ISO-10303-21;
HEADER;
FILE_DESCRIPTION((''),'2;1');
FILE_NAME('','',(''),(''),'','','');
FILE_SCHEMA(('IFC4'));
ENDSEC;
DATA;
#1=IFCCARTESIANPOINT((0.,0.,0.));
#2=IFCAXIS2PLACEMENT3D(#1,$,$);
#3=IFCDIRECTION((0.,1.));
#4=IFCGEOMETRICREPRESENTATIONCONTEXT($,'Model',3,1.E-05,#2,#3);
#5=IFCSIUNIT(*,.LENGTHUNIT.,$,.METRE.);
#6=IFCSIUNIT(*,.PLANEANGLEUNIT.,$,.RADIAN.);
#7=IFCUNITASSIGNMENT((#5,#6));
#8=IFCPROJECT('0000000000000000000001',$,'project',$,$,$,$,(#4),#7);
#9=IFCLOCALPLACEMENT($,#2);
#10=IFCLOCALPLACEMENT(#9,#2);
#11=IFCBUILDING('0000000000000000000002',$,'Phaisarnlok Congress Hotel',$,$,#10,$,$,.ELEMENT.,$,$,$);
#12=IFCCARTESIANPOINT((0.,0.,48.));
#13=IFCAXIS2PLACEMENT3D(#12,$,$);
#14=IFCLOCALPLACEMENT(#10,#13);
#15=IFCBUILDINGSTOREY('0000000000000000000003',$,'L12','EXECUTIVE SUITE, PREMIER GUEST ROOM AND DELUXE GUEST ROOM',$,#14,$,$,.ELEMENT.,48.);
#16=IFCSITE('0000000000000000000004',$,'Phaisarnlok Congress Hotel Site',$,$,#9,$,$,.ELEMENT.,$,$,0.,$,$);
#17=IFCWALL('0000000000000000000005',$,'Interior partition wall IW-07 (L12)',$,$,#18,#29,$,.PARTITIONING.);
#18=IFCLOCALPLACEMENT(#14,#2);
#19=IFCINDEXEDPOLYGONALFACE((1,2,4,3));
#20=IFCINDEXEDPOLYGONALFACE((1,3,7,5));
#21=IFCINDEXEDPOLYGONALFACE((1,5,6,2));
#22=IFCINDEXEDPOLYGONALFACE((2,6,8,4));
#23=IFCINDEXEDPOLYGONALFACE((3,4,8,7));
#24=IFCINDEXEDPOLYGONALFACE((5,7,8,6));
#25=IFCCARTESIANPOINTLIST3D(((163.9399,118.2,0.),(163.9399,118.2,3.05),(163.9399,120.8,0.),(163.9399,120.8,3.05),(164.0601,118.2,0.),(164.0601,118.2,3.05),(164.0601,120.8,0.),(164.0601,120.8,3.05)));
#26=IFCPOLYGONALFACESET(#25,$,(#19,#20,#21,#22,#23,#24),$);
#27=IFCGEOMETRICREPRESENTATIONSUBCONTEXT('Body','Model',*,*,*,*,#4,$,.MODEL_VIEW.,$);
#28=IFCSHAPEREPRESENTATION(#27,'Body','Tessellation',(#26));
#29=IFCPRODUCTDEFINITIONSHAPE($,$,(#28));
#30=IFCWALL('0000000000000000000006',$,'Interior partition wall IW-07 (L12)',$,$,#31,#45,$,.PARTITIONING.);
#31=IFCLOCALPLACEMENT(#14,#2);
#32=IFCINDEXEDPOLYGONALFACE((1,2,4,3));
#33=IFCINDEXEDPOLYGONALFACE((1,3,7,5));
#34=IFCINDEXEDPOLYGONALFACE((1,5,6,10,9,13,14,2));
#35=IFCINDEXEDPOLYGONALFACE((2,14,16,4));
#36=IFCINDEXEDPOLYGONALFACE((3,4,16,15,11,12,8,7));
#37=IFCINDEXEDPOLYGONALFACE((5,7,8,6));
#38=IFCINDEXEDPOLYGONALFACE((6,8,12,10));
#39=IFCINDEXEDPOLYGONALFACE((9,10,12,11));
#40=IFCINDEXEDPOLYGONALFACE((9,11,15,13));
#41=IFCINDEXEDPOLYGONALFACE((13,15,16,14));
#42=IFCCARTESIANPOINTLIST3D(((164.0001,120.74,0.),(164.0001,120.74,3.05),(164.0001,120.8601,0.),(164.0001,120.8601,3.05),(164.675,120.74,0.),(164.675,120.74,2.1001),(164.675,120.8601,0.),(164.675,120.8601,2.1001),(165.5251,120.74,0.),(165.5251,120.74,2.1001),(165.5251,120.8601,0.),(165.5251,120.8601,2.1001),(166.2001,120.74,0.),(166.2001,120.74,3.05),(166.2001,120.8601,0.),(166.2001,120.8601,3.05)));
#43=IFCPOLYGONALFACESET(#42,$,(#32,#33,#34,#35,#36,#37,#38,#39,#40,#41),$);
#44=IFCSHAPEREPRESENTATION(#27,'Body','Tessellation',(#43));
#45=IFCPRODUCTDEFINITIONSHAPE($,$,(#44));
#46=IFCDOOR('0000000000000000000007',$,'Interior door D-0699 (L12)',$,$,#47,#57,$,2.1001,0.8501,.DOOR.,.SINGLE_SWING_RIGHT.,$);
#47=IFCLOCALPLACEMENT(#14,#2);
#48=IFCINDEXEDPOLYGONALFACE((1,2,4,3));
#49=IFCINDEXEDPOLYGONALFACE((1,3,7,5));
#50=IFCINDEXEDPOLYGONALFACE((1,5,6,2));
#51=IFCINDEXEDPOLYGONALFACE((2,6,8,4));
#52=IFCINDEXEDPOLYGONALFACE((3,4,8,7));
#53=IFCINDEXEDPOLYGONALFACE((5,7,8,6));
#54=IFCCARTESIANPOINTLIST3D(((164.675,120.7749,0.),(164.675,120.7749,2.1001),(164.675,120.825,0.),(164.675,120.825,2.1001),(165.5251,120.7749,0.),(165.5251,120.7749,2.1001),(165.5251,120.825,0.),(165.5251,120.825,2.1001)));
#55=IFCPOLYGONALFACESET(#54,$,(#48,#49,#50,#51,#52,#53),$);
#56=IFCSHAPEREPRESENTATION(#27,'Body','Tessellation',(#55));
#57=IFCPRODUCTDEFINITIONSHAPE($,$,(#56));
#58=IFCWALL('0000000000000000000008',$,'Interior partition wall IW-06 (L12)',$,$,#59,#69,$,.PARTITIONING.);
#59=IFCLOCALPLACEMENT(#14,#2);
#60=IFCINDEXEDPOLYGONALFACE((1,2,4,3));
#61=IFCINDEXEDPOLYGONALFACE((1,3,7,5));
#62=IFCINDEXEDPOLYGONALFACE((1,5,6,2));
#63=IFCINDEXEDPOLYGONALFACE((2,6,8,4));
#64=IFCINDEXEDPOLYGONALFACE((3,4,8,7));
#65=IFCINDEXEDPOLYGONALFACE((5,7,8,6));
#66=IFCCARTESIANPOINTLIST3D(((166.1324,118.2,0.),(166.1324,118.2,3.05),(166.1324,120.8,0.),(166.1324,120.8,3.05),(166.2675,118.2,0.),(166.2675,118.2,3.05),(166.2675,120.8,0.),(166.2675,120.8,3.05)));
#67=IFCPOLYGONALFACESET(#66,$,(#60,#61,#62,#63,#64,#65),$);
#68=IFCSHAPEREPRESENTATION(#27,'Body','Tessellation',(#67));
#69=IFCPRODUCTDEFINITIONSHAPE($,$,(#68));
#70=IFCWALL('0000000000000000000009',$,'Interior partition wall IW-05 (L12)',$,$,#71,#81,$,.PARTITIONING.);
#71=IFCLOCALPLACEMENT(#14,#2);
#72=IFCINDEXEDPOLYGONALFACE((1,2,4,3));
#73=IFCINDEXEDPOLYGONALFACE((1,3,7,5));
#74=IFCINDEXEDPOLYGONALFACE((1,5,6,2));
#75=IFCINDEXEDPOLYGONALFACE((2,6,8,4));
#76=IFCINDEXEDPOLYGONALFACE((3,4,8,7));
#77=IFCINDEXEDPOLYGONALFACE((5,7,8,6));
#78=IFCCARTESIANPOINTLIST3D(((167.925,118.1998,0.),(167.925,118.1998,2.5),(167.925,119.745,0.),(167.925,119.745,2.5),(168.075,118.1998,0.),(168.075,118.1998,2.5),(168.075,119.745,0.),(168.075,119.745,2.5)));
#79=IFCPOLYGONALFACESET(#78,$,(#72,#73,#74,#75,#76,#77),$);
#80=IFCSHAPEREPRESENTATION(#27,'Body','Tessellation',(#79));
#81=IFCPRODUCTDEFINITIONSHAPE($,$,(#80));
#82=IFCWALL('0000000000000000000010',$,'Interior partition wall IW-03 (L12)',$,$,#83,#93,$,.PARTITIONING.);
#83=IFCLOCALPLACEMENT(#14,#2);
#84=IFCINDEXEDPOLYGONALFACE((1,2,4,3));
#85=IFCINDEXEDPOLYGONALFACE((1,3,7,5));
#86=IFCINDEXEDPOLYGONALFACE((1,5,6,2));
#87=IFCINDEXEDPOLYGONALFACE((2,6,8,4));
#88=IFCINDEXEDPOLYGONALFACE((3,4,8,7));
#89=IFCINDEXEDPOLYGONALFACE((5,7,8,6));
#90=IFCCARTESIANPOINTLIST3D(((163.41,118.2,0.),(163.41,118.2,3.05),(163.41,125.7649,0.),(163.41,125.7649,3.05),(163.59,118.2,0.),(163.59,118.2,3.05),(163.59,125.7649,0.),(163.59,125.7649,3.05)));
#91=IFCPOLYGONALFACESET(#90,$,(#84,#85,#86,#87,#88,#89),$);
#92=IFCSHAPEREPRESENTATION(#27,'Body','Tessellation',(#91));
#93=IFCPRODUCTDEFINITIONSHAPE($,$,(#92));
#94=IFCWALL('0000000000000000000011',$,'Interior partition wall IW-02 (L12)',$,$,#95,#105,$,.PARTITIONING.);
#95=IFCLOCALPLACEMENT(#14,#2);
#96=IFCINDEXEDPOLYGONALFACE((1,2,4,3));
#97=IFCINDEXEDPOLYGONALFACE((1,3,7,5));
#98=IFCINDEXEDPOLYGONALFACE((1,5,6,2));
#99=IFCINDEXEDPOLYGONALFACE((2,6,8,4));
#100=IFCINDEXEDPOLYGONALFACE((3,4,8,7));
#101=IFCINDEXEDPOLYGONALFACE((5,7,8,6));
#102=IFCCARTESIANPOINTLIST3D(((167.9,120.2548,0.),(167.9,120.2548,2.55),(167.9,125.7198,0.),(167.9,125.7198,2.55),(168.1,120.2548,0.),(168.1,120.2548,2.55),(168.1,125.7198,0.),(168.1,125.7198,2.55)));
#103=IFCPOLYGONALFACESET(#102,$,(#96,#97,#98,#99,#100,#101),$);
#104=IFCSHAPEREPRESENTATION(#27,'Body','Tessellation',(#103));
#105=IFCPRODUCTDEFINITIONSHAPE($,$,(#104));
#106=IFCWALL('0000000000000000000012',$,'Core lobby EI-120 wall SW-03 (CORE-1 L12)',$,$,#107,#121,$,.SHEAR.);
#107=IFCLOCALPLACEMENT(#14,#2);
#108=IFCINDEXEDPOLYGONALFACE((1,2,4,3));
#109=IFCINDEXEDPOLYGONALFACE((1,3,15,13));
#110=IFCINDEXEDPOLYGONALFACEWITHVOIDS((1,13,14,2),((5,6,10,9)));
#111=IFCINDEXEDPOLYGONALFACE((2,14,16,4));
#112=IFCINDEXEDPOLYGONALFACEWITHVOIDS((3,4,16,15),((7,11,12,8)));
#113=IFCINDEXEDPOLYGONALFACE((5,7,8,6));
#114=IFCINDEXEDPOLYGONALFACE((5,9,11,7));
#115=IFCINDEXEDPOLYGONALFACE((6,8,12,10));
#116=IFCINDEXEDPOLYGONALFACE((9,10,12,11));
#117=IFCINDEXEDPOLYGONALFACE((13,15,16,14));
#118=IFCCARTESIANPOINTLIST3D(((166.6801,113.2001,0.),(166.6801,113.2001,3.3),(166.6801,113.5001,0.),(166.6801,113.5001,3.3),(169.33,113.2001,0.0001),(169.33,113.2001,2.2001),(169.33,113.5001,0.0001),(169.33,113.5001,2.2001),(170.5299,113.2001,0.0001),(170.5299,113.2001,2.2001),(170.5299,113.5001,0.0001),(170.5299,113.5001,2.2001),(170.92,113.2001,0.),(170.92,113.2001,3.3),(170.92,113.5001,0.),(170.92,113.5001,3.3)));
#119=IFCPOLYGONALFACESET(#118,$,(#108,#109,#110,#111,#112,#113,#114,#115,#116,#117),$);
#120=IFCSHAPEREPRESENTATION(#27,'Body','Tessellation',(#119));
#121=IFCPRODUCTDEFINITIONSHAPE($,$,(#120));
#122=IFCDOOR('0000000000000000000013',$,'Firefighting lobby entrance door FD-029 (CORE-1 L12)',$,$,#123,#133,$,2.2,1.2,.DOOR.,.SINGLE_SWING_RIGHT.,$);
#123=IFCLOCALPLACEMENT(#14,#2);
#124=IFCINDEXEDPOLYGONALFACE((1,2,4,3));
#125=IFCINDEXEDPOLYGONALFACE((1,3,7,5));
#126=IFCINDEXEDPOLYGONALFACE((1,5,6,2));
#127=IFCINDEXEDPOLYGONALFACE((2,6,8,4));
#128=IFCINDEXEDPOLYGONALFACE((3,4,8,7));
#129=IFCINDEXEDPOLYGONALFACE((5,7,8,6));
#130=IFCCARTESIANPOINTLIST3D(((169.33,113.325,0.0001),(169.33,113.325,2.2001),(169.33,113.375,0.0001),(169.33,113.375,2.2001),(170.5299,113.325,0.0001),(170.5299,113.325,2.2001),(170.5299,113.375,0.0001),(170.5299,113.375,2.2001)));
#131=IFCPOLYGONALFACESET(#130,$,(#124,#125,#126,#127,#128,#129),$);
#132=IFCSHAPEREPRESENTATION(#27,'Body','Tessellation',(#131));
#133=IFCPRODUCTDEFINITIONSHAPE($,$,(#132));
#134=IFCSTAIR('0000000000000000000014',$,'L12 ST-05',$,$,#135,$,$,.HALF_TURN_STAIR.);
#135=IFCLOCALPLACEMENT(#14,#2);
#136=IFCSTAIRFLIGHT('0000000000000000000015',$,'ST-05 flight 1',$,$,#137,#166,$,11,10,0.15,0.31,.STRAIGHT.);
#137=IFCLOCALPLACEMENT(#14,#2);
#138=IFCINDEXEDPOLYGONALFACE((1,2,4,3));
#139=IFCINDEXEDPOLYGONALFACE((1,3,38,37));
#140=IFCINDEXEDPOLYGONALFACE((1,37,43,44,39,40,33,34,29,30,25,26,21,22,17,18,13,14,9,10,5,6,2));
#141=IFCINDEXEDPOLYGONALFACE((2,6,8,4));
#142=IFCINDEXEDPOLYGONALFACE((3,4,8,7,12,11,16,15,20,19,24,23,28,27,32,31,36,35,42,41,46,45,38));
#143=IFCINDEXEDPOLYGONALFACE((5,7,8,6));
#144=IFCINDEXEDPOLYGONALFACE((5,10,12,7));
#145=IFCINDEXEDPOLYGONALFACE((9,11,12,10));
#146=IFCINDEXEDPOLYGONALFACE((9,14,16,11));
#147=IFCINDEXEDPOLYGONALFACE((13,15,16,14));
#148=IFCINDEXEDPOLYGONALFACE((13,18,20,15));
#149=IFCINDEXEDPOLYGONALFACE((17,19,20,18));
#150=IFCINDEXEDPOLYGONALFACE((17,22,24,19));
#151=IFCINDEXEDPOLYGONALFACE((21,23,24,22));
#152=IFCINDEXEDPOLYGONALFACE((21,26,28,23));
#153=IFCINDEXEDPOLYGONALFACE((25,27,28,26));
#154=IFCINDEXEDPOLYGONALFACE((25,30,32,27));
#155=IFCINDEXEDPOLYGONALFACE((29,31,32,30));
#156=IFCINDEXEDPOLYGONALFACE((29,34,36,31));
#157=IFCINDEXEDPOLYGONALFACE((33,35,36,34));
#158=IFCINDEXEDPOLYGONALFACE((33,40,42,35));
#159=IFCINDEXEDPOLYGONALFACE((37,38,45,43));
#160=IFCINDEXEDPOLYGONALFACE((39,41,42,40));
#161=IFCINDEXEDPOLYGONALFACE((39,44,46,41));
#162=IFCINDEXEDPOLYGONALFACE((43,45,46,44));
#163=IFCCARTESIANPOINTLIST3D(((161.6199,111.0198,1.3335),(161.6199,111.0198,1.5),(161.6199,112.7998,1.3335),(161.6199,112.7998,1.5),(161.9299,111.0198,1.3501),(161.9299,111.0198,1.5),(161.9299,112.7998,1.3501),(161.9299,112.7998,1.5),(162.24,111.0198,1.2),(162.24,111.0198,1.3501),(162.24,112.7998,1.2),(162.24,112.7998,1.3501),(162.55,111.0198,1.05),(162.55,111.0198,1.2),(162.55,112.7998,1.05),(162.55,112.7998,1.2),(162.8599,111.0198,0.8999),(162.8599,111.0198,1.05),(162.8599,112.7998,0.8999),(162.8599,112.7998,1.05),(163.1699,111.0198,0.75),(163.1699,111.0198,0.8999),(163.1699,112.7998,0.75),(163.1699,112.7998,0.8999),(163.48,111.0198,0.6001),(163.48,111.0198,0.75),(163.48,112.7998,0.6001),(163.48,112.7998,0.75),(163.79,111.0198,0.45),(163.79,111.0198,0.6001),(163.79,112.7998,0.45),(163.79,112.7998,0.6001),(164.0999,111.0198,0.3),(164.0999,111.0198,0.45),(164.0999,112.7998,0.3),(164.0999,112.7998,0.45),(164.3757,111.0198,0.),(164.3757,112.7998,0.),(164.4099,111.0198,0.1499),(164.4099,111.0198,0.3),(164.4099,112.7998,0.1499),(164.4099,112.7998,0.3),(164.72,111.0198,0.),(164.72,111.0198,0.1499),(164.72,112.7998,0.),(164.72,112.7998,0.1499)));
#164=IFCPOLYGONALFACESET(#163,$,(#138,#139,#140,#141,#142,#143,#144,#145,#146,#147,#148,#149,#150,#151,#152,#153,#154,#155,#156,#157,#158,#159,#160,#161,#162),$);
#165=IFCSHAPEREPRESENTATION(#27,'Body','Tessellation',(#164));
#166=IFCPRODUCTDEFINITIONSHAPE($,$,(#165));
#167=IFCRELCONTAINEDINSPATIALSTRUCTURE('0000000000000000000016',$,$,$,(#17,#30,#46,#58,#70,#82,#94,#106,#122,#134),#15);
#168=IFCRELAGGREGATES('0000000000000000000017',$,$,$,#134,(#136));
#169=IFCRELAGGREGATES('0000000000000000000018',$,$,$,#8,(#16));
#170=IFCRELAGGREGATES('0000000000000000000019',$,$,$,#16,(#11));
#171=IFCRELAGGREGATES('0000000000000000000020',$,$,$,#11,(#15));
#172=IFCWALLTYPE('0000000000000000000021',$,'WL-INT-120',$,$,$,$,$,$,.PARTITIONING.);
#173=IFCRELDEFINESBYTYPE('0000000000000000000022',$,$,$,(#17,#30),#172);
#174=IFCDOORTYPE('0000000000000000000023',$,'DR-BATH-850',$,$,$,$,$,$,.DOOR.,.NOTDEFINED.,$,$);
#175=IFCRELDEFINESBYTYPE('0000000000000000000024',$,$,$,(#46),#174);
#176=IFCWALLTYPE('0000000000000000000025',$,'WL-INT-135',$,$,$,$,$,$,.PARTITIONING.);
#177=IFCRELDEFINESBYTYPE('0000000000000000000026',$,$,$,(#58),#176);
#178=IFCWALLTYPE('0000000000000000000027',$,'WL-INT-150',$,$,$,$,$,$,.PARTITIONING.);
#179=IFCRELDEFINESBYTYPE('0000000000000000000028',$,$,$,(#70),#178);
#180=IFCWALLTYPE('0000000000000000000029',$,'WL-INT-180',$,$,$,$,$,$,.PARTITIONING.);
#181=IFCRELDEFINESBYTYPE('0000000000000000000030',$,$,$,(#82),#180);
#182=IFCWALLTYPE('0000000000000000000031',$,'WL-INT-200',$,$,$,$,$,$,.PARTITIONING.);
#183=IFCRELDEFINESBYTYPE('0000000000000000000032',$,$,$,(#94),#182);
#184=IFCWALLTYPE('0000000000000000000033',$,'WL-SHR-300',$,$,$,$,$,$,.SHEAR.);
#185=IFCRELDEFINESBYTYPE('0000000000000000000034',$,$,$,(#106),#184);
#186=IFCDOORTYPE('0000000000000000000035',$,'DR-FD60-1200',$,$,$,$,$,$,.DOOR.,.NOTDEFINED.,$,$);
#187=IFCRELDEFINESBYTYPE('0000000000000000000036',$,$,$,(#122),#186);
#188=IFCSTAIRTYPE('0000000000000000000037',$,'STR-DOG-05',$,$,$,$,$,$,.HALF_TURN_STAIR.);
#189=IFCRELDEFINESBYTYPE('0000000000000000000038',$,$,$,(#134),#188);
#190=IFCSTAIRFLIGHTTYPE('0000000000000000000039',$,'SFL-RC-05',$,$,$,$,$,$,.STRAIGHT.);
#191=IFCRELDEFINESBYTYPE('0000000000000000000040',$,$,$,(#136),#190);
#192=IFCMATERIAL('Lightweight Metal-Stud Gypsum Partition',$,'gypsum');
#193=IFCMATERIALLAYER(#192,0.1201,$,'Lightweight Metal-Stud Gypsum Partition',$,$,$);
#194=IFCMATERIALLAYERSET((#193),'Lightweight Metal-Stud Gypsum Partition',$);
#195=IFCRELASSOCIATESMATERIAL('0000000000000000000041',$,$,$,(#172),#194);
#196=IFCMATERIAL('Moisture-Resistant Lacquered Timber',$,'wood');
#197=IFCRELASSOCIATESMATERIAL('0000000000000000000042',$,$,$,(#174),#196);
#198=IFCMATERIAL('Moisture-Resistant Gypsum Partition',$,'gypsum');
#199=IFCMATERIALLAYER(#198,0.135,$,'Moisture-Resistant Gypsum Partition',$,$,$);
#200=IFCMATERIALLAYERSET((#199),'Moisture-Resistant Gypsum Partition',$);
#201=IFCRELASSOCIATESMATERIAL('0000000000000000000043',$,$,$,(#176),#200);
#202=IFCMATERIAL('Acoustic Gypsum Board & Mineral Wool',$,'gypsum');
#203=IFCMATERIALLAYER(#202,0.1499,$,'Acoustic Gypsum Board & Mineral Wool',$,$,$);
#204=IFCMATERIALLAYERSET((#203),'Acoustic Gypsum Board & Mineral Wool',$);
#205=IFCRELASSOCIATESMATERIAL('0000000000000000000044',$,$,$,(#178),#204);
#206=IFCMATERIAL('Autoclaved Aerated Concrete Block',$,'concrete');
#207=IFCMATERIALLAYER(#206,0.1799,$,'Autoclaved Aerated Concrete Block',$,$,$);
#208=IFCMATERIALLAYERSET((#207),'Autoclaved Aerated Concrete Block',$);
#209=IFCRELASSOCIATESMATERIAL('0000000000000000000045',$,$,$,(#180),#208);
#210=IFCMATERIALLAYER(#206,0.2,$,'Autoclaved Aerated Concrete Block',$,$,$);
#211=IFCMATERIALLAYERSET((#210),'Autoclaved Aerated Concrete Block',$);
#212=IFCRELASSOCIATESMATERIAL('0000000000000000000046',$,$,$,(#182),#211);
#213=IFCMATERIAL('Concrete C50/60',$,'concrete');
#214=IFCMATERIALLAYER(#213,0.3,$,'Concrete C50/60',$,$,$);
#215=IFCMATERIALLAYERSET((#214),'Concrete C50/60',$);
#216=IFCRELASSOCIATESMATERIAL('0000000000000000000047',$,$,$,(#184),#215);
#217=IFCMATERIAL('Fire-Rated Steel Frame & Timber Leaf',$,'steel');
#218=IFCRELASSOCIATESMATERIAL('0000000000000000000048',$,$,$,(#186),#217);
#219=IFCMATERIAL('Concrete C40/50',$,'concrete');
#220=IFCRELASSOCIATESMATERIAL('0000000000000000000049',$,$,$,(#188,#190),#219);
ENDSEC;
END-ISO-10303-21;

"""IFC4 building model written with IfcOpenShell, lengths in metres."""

from ifc_helpers import new_model, si_unit, direction, frame, frame_2d, origin, place, context, subcontext, project, spatial, polyline, rectangle, outline, extrude, material, layer, layer_set, type_object, element, fill, aggregate, save


model = new_model("IFC4")

# Units and contexts
model_context = context("Model", 3, precision=1e-05, world=origin(), true_north=direction((0.0, 1.0)))
body_context = subcontext(model_context, "Body", "Model", "MODEL_VIEW")
ifc_project = project(units=[si_unit("LENGTHUNIT", "METRE"), si_unit("PLANEANGLEUNIT", "RADIAN")], contexts=[model_context])

# Site, building, storey
site_placement = place(None, origin())
site = spatial("IfcSite", under=ifc_project, at=site_placement, Name="Phaisarnlok Congress Hotel Site", CompositionType="ELEMENT", RefElevation=0.0)
building_placement = place(site_placement, origin())
building = spatial("IfcBuilding", under=site, at=building_placement, Name="Phaisarnlok Congress Hotel", CompositionType="ELEMENT")
storey_placement = place(building_placement, frame((0.0, 0.0, 48.0)))
storey = spatial("IfcBuildingStorey", under=building, at=storey_placement, Name="L12", Description="EXECUTIVE SUITE, PREMIER GUEST ROOM AND DELUXE GUEST ROOM", CompositionType="ELEMENT", Elevation=48.0)

# Shared definitions
ifc_material_1 = material(Name="Concrete C50/60", Category="concrete")

# Shared definitions
ifc_material_2 = material(Name="Concrete C40/50", Category="concrete")

# Wall
ifc_material_3 = material(Name="Lightweight Metal-Stud Gypsum Partition", Category="gypsum")
ifc_layer_1 = layer(ifc_material_3, 0.1201, Name="Lightweight Metal-Stud Gypsum Partition")
ifc_layer_set_1 = layer_set([ifc_layer_1], Name="Lightweight Metal-Stud Gypsum Partition")
wall_type_1 = type_object("IfcWallType", Name="WL-INT-120", PredefinedType="PARTITIONING", material=ifc_layer_set_1)
wall_1_placement = place(storey_placement, frame((164.0, 118.2, 0.0), z_axis=(0.0, 0.0, 1.0), x_axis=(0.0, 1.0, 0.0)))
element("IfcWall", 1, at=wall_1_placement, inside=storey, type_object=wall_type_1, Name="Interior partition wall IW-07 (L12)", PredefinedType="PARTITIONING", context=body_context, shape_type="SweptSolid", body=[
    extrude(rectangle(XDim=2.6001, YDim=0.1201, at=frame_2d((1.3, 0.0))), origin(), (0.0, 0.0, 1.0), 3.05),
])

# Wall, opening, door
wall_2_placement = place(storey_placement, frame((164.0, 120.8, 0.0), z_axis=(0.0, 0.0, 1.0), x_axis=(1.0, 0.0, 0.0)))
wall_2 = element("IfcWall", 2, at=wall_2_placement, inside=storey, type_object=wall_type_1, Name="Interior partition wall IW-07 (L12)", PredefinedType="PARTITIONING", context=body_context, shape_type="SweptSolid", body=[
    extrude(rectangle(XDim=2.2, YDim=0.1201, at=frame_2d((1.1001, 0.0))), origin(), (0.0, 0.0, 1.0), 3.05),
])
opening_1_placement = place(wall_2_placement, frame((0.675, 0.0, 0.0)))
opening_1 = element("IfcOpeningElement", 3, at=opening_1_placement, cuts=wall_2, PredefinedType="OPENING", context=body_context, shape_type="SweptSolid", body=[
    extrude(rectangle(XDim=0.8501, YDim=2.1001, at=frame_2d((0.425, 1.05))), frame((0.0, 0.0701, 0.0), z_axis=(0.0, -1.0, 0.0), x_axis=(1.0, 0.0, 0.0)), (0.0, 0.0, 1.0), 0.1401),
])
ifc_material_4 = material(Name="Moisture-Resistant Lacquered Timber", Category="wood")
door_type_1 = type_object("IfcDoorType", Name="DR-BATH-850", OperationType="NOTDEFINED", PredefinedType="DOOR", material=ifc_material_4)
door_1_placement = place(opening_1_placement, origin())
door_1 = element("IfcDoor", 4, at=door_1_placement, inside=storey, type_object=door_type_1, Name="Interior door D-0699 (L12)", OperationType="SINGLE_SWING_RIGHT", OverallHeight=2.1001, OverallWidth=0.8501, PredefinedType="DOOR", context=body_context, shape_type="SweptSolid", body=[
    extrude(rectangle(XDim=0.8501, YDim=2.1001, at=frame_2d((0.425, 1.05))), frame((0.0, 0.0249, 0.0), z_axis=(0.0, -1.0, 0.0), x_axis=(1.0, 0.0, 0.0)), (0.0, 0.0, 1.0), 0.05),
])
fill(opening_1, door_1)

# Walls
ifc_material_5 = material(Name="Moisture-Resistant Gypsum Partition", Category="gypsum")
ifc_layer_2 = layer(ifc_material_5, 0.135, Name="Moisture-Resistant Gypsum Partition")
ifc_layer_set_2 = layer_set([ifc_layer_2], Name="Moisture-Resistant Gypsum Partition")
wall_type_2 = type_object("IfcWallType", Name="WL-INT-135", PredefinedType="PARTITIONING", material=ifc_layer_set_2)
wall_3_placement = place(storey_placement, frame((166.2, 118.2, 0.0), z_axis=(0.0, 0.0, 1.0), x_axis=(0.0, 1.0, 0.0)))
element("IfcWall", 5, at=wall_3_placement, inside=storey, type_object=wall_type_2, Name="Interior partition wall IW-06 (L12)", PredefinedType="PARTITIONING", context=body_context, shape_type="SweptSolid", body=[
    extrude(rectangle(XDim=2.6001, YDim=0.135, at=frame_2d((1.3, 0.0))), origin(), (0.0, 0.0, 1.0), 3.05),
])
ifc_material_6 = material(Name="Acoustic Gypsum Board & Mineral Wool", Category="gypsum")
ifc_layer_3 = layer(ifc_material_6, 0.1499, Name="Acoustic Gypsum Board & Mineral Wool")
ifc_layer_set_3 = layer_set([ifc_layer_3], Name="Acoustic Gypsum Board & Mineral Wool")
wall_type_3 = type_object("IfcWallType", Name="WL-INT-150", PredefinedType="PARTITIONING", material=ifc_layer_set_3)
wall_4_placement = place(storey_placement, frame((168.0, 118.2, 0.0), z_axis=(0.0, 0.0, 1.0), x_axis=(0.0, 1.0, 0.0)))
element("IfcWall", 6, at=wall_4_placement, inside=storey, type_object=wall_type_3, Name="Interior partition wall IW-05 (L12)", PredefinedType="PARTITIONING", context=body_context, shape_type="SweptSolid", body=[
    extrude(rectangle(XDim=1.5452, YDim=0.1499, at=frame_2d((0.7725, 0.0))), origin(), (0.0, 0.0, 1.0), 2.5),
])
ifc_material_7 = material(Name="Autoclaved Aerated Concrete Block", Category="concrete")
ifc_layer_4 = layer(ifc_material_7, 0.1799, Name="Autoclaved Aerated Concrete Block")
ifc_layer_set_4 = layer_set([ifc_layer_4], Name="Autoclaved Aerated Concrete Block")
wall_type_4 = type_object("IfcWallType", Name="WL-INT-180", PredefinedType="PARTITIONING", material=ifc_layer_set_4)
wall_5_placement = place(storey_placement, frame((163.5, 118.2, 0.0), z_axis=(0.0, 0.0, 1.0), x_axis=(0.0, 1.0, 0.0)))
element("IfcWall", 7, at=wall_5_placement, inside=storey, type_object=wall_type_4, Name="Interior partition wall IW-03 (L12)", PredefinedType="PARTITIONING", context=body_context, shape_type="SweptSolid", body=[
    extrude(rectangle(XDim=7.5649, YDim=0.1799, at=frame_2d((3.7825, 0.0))), origin(), (0.0, 0.0, 1.0), 3.05),
])
ifc_layer_5 = layer(ifc_material_7, 0.2, Name="Autoclaved Aerated Concrete Block")
ifc_layer_set_5 = layer_set([ifc_layer_5], Name="Autoclaved Aerated Concrete Block")
wall_type_5 = type_object("IfcWallType", Name="WL-INT-200", PredefinedType="PARTITIONING", material=ifc_layer_set_5)
wall_6_placement = place(storey_placement, frame((168.0, 120.2549, 0.0), z_axis=(0.0, 0.0, 1.0), x_axis=(0.0, 1.0, 0.0)))
element("IfcWall", 8, at=wall_6_placement, inside=storey, type_object=wall_type_5, Name="Interior partition wall IW-02 (L12)", PredefinedType="PARTITIONING", context=body_context, shape_type="SweptSolid", body=[
    extrude(rectangle(XDim=5.4651, YDim=0.2, at=frame_2d((2.7324, 0.0))), origin(), (0.0, 0.0, 1.0), 2.55),
])

# Wall, opening, door
ifc_layer_6 = layer(ifc_material_1, 0.3, Name="Concrete C50/60")
ifc_layer_set_6 = layer_set([ifc_layer_6], Name="Concrete C50/60")
wall_type_6 = type_object("IfcWallType", Name="WL-SHR-300", PredefinedType="SHEAR", material=ifc_layer_set_6)
wall_7_placement = place(storey_placement, frame((166.6799, 113.3501, 0.0), z_axis=(0.0, 0.0, 1.0), x_axis=(1.0, 0.0, 0.0)))
wall_7 = element("IfcWall", 9, at=wall_7_placement, inside=storey, type_object=wall_type_6, Name="Core lobby EI-120 wall SW-03 (CORE-1 L12)", PredefinedType="SHEAR", context=body_context, shape_type="SweptSolid", body=[
    extrude(rectangle(XDim=4.24, YDim=0.3, at=frame_2d((2.1201, 0.0))), origin(), (0.0, 0.0, 1.0), 3.3),
])
opening_2_placement = place(wall_7_placement, frame((2.6499, 0.0, 0.0)))
opening_2 = element("IfcOpeningElement", 10, at=opening_2_placement, cuts=wall_7, PredefinedType="OPENING", context=body_context, shape_type="SweptSolid", body=[
    extrude(rectangle(XDim=1.2, YDim=2.2, at=frame_2d((0.6001, 1.1001))), frame((0.0, 0.1602, 0.0), z_axis=(0.0, -1.0, 0.0), x_axis=(1.0, 0.0, 0.0)), (0.0, 0.0, 1.0), 0.3201),
])
ifc_material_8 = material(Name="Fire-Rated Steel Frame & Timber Leaf", Category="steel")
door_type_2 = type_object("IfcDoorType", Name="DR-FD60-1200", OperationType="NOTDEFINED", PredefinedType="DOOR", material=ifc_material_8)
door_2_placement = place(opening_2_placement, origin())
door_2 = element("IfcDoor", 11, at=door_2_placement, inside=storey, type_object=door_type_2, Name="Firefighting lobby entrance door FD-029 (CORE-1 L12)", OperationType="SINGLE_SWING_RIGHT", OverallHeight=2.2, OverallWidth=1.2, PredefinedType="DOOR", context=body_context, shape_type="SweptSolid", body=[
    extrude(rectangle(XDim=1.2, YDim=2.2, at=frame_2d((0.6001, 1.1001))), frame((0.0, 0.0249, 0.0), z_axis=(0.0, -1.0, 0.0), x_axis=(1.0, 0.0, 0.0)), (0.0, 0.0, 1.0), 0.05),
])
fill(opening_2, door_2)

# Stair, stair flight
stair_type = type_object("IfcStairType", Name="STR-DOG-05", PredefinedType="HALF_TURN_STAIR", material=ifc_material_2)
stair_placement = place(storey_placement, origin())
stair = element("IfcStair", 12, at=stair_placement, inside=storey, type_object=stair_type, Name="L12 ST-05", PredefinedType="HALF_TURN_STAIR")
stair_flight_type = type_object("IfcStairFlightType", Name="SFL-RC-05", PredefinedType="STRAIGHT", material=ifc_material_2)
stair_flight_placement = place(storey_placement, frame((164.72, 111.9099, 0.0), z_axis=(0.0, 0.0, 1.0), x_axis=(-1.0, 0.0, 0.0)))
stair_flight = element("IfcStairFlight", 13, at=stair_flight_placement, type_object=stair_flight_type, Name="ST-05 flight 1", NumberOfRisers=11, NumberOfTreads=10, PredefinedType="STRAIGHT", RiserHeight=0.15, TreadLength=0.31, context=body_context, shape_type="SweptSolid", body=[
    extrude(outline(polyline([(0.0, 0.0), (0.0, 0.1499), (0.3101, 0.1499), (0.3101, 0.3), (0.6201, 0.3), (0.6201, 0.45), (0.9299, 0.45), (0.9299, 0.6001), (1.24, 0.6001), (1.24, 0.75), (1.55, 0.75), (1.55, 0.8999), (1.8601, 0.8999), (1.8601, 1.05), (2.1699, 1.05), (2.1699, 1.2), (2.48, 1.2), (2.48, 1.3501), (2.79, 1.3501), (2.79, 1.5), (3.1001, 1.5), (3.1001, 1.6499), (3.1001, 1.3335), (0.3442, 0.0), (0.0, 0.0)])), frame((0.0, 0.8901, 0.0), z_axis=(0.0, -1.0, 0.0), x_axis=(1.0, 0.0, 0.0)), (0.0, 0.0, 1.0), 1.78),
])
aggregate(stair, [stair_flight])

save(model, "model.ifc")
